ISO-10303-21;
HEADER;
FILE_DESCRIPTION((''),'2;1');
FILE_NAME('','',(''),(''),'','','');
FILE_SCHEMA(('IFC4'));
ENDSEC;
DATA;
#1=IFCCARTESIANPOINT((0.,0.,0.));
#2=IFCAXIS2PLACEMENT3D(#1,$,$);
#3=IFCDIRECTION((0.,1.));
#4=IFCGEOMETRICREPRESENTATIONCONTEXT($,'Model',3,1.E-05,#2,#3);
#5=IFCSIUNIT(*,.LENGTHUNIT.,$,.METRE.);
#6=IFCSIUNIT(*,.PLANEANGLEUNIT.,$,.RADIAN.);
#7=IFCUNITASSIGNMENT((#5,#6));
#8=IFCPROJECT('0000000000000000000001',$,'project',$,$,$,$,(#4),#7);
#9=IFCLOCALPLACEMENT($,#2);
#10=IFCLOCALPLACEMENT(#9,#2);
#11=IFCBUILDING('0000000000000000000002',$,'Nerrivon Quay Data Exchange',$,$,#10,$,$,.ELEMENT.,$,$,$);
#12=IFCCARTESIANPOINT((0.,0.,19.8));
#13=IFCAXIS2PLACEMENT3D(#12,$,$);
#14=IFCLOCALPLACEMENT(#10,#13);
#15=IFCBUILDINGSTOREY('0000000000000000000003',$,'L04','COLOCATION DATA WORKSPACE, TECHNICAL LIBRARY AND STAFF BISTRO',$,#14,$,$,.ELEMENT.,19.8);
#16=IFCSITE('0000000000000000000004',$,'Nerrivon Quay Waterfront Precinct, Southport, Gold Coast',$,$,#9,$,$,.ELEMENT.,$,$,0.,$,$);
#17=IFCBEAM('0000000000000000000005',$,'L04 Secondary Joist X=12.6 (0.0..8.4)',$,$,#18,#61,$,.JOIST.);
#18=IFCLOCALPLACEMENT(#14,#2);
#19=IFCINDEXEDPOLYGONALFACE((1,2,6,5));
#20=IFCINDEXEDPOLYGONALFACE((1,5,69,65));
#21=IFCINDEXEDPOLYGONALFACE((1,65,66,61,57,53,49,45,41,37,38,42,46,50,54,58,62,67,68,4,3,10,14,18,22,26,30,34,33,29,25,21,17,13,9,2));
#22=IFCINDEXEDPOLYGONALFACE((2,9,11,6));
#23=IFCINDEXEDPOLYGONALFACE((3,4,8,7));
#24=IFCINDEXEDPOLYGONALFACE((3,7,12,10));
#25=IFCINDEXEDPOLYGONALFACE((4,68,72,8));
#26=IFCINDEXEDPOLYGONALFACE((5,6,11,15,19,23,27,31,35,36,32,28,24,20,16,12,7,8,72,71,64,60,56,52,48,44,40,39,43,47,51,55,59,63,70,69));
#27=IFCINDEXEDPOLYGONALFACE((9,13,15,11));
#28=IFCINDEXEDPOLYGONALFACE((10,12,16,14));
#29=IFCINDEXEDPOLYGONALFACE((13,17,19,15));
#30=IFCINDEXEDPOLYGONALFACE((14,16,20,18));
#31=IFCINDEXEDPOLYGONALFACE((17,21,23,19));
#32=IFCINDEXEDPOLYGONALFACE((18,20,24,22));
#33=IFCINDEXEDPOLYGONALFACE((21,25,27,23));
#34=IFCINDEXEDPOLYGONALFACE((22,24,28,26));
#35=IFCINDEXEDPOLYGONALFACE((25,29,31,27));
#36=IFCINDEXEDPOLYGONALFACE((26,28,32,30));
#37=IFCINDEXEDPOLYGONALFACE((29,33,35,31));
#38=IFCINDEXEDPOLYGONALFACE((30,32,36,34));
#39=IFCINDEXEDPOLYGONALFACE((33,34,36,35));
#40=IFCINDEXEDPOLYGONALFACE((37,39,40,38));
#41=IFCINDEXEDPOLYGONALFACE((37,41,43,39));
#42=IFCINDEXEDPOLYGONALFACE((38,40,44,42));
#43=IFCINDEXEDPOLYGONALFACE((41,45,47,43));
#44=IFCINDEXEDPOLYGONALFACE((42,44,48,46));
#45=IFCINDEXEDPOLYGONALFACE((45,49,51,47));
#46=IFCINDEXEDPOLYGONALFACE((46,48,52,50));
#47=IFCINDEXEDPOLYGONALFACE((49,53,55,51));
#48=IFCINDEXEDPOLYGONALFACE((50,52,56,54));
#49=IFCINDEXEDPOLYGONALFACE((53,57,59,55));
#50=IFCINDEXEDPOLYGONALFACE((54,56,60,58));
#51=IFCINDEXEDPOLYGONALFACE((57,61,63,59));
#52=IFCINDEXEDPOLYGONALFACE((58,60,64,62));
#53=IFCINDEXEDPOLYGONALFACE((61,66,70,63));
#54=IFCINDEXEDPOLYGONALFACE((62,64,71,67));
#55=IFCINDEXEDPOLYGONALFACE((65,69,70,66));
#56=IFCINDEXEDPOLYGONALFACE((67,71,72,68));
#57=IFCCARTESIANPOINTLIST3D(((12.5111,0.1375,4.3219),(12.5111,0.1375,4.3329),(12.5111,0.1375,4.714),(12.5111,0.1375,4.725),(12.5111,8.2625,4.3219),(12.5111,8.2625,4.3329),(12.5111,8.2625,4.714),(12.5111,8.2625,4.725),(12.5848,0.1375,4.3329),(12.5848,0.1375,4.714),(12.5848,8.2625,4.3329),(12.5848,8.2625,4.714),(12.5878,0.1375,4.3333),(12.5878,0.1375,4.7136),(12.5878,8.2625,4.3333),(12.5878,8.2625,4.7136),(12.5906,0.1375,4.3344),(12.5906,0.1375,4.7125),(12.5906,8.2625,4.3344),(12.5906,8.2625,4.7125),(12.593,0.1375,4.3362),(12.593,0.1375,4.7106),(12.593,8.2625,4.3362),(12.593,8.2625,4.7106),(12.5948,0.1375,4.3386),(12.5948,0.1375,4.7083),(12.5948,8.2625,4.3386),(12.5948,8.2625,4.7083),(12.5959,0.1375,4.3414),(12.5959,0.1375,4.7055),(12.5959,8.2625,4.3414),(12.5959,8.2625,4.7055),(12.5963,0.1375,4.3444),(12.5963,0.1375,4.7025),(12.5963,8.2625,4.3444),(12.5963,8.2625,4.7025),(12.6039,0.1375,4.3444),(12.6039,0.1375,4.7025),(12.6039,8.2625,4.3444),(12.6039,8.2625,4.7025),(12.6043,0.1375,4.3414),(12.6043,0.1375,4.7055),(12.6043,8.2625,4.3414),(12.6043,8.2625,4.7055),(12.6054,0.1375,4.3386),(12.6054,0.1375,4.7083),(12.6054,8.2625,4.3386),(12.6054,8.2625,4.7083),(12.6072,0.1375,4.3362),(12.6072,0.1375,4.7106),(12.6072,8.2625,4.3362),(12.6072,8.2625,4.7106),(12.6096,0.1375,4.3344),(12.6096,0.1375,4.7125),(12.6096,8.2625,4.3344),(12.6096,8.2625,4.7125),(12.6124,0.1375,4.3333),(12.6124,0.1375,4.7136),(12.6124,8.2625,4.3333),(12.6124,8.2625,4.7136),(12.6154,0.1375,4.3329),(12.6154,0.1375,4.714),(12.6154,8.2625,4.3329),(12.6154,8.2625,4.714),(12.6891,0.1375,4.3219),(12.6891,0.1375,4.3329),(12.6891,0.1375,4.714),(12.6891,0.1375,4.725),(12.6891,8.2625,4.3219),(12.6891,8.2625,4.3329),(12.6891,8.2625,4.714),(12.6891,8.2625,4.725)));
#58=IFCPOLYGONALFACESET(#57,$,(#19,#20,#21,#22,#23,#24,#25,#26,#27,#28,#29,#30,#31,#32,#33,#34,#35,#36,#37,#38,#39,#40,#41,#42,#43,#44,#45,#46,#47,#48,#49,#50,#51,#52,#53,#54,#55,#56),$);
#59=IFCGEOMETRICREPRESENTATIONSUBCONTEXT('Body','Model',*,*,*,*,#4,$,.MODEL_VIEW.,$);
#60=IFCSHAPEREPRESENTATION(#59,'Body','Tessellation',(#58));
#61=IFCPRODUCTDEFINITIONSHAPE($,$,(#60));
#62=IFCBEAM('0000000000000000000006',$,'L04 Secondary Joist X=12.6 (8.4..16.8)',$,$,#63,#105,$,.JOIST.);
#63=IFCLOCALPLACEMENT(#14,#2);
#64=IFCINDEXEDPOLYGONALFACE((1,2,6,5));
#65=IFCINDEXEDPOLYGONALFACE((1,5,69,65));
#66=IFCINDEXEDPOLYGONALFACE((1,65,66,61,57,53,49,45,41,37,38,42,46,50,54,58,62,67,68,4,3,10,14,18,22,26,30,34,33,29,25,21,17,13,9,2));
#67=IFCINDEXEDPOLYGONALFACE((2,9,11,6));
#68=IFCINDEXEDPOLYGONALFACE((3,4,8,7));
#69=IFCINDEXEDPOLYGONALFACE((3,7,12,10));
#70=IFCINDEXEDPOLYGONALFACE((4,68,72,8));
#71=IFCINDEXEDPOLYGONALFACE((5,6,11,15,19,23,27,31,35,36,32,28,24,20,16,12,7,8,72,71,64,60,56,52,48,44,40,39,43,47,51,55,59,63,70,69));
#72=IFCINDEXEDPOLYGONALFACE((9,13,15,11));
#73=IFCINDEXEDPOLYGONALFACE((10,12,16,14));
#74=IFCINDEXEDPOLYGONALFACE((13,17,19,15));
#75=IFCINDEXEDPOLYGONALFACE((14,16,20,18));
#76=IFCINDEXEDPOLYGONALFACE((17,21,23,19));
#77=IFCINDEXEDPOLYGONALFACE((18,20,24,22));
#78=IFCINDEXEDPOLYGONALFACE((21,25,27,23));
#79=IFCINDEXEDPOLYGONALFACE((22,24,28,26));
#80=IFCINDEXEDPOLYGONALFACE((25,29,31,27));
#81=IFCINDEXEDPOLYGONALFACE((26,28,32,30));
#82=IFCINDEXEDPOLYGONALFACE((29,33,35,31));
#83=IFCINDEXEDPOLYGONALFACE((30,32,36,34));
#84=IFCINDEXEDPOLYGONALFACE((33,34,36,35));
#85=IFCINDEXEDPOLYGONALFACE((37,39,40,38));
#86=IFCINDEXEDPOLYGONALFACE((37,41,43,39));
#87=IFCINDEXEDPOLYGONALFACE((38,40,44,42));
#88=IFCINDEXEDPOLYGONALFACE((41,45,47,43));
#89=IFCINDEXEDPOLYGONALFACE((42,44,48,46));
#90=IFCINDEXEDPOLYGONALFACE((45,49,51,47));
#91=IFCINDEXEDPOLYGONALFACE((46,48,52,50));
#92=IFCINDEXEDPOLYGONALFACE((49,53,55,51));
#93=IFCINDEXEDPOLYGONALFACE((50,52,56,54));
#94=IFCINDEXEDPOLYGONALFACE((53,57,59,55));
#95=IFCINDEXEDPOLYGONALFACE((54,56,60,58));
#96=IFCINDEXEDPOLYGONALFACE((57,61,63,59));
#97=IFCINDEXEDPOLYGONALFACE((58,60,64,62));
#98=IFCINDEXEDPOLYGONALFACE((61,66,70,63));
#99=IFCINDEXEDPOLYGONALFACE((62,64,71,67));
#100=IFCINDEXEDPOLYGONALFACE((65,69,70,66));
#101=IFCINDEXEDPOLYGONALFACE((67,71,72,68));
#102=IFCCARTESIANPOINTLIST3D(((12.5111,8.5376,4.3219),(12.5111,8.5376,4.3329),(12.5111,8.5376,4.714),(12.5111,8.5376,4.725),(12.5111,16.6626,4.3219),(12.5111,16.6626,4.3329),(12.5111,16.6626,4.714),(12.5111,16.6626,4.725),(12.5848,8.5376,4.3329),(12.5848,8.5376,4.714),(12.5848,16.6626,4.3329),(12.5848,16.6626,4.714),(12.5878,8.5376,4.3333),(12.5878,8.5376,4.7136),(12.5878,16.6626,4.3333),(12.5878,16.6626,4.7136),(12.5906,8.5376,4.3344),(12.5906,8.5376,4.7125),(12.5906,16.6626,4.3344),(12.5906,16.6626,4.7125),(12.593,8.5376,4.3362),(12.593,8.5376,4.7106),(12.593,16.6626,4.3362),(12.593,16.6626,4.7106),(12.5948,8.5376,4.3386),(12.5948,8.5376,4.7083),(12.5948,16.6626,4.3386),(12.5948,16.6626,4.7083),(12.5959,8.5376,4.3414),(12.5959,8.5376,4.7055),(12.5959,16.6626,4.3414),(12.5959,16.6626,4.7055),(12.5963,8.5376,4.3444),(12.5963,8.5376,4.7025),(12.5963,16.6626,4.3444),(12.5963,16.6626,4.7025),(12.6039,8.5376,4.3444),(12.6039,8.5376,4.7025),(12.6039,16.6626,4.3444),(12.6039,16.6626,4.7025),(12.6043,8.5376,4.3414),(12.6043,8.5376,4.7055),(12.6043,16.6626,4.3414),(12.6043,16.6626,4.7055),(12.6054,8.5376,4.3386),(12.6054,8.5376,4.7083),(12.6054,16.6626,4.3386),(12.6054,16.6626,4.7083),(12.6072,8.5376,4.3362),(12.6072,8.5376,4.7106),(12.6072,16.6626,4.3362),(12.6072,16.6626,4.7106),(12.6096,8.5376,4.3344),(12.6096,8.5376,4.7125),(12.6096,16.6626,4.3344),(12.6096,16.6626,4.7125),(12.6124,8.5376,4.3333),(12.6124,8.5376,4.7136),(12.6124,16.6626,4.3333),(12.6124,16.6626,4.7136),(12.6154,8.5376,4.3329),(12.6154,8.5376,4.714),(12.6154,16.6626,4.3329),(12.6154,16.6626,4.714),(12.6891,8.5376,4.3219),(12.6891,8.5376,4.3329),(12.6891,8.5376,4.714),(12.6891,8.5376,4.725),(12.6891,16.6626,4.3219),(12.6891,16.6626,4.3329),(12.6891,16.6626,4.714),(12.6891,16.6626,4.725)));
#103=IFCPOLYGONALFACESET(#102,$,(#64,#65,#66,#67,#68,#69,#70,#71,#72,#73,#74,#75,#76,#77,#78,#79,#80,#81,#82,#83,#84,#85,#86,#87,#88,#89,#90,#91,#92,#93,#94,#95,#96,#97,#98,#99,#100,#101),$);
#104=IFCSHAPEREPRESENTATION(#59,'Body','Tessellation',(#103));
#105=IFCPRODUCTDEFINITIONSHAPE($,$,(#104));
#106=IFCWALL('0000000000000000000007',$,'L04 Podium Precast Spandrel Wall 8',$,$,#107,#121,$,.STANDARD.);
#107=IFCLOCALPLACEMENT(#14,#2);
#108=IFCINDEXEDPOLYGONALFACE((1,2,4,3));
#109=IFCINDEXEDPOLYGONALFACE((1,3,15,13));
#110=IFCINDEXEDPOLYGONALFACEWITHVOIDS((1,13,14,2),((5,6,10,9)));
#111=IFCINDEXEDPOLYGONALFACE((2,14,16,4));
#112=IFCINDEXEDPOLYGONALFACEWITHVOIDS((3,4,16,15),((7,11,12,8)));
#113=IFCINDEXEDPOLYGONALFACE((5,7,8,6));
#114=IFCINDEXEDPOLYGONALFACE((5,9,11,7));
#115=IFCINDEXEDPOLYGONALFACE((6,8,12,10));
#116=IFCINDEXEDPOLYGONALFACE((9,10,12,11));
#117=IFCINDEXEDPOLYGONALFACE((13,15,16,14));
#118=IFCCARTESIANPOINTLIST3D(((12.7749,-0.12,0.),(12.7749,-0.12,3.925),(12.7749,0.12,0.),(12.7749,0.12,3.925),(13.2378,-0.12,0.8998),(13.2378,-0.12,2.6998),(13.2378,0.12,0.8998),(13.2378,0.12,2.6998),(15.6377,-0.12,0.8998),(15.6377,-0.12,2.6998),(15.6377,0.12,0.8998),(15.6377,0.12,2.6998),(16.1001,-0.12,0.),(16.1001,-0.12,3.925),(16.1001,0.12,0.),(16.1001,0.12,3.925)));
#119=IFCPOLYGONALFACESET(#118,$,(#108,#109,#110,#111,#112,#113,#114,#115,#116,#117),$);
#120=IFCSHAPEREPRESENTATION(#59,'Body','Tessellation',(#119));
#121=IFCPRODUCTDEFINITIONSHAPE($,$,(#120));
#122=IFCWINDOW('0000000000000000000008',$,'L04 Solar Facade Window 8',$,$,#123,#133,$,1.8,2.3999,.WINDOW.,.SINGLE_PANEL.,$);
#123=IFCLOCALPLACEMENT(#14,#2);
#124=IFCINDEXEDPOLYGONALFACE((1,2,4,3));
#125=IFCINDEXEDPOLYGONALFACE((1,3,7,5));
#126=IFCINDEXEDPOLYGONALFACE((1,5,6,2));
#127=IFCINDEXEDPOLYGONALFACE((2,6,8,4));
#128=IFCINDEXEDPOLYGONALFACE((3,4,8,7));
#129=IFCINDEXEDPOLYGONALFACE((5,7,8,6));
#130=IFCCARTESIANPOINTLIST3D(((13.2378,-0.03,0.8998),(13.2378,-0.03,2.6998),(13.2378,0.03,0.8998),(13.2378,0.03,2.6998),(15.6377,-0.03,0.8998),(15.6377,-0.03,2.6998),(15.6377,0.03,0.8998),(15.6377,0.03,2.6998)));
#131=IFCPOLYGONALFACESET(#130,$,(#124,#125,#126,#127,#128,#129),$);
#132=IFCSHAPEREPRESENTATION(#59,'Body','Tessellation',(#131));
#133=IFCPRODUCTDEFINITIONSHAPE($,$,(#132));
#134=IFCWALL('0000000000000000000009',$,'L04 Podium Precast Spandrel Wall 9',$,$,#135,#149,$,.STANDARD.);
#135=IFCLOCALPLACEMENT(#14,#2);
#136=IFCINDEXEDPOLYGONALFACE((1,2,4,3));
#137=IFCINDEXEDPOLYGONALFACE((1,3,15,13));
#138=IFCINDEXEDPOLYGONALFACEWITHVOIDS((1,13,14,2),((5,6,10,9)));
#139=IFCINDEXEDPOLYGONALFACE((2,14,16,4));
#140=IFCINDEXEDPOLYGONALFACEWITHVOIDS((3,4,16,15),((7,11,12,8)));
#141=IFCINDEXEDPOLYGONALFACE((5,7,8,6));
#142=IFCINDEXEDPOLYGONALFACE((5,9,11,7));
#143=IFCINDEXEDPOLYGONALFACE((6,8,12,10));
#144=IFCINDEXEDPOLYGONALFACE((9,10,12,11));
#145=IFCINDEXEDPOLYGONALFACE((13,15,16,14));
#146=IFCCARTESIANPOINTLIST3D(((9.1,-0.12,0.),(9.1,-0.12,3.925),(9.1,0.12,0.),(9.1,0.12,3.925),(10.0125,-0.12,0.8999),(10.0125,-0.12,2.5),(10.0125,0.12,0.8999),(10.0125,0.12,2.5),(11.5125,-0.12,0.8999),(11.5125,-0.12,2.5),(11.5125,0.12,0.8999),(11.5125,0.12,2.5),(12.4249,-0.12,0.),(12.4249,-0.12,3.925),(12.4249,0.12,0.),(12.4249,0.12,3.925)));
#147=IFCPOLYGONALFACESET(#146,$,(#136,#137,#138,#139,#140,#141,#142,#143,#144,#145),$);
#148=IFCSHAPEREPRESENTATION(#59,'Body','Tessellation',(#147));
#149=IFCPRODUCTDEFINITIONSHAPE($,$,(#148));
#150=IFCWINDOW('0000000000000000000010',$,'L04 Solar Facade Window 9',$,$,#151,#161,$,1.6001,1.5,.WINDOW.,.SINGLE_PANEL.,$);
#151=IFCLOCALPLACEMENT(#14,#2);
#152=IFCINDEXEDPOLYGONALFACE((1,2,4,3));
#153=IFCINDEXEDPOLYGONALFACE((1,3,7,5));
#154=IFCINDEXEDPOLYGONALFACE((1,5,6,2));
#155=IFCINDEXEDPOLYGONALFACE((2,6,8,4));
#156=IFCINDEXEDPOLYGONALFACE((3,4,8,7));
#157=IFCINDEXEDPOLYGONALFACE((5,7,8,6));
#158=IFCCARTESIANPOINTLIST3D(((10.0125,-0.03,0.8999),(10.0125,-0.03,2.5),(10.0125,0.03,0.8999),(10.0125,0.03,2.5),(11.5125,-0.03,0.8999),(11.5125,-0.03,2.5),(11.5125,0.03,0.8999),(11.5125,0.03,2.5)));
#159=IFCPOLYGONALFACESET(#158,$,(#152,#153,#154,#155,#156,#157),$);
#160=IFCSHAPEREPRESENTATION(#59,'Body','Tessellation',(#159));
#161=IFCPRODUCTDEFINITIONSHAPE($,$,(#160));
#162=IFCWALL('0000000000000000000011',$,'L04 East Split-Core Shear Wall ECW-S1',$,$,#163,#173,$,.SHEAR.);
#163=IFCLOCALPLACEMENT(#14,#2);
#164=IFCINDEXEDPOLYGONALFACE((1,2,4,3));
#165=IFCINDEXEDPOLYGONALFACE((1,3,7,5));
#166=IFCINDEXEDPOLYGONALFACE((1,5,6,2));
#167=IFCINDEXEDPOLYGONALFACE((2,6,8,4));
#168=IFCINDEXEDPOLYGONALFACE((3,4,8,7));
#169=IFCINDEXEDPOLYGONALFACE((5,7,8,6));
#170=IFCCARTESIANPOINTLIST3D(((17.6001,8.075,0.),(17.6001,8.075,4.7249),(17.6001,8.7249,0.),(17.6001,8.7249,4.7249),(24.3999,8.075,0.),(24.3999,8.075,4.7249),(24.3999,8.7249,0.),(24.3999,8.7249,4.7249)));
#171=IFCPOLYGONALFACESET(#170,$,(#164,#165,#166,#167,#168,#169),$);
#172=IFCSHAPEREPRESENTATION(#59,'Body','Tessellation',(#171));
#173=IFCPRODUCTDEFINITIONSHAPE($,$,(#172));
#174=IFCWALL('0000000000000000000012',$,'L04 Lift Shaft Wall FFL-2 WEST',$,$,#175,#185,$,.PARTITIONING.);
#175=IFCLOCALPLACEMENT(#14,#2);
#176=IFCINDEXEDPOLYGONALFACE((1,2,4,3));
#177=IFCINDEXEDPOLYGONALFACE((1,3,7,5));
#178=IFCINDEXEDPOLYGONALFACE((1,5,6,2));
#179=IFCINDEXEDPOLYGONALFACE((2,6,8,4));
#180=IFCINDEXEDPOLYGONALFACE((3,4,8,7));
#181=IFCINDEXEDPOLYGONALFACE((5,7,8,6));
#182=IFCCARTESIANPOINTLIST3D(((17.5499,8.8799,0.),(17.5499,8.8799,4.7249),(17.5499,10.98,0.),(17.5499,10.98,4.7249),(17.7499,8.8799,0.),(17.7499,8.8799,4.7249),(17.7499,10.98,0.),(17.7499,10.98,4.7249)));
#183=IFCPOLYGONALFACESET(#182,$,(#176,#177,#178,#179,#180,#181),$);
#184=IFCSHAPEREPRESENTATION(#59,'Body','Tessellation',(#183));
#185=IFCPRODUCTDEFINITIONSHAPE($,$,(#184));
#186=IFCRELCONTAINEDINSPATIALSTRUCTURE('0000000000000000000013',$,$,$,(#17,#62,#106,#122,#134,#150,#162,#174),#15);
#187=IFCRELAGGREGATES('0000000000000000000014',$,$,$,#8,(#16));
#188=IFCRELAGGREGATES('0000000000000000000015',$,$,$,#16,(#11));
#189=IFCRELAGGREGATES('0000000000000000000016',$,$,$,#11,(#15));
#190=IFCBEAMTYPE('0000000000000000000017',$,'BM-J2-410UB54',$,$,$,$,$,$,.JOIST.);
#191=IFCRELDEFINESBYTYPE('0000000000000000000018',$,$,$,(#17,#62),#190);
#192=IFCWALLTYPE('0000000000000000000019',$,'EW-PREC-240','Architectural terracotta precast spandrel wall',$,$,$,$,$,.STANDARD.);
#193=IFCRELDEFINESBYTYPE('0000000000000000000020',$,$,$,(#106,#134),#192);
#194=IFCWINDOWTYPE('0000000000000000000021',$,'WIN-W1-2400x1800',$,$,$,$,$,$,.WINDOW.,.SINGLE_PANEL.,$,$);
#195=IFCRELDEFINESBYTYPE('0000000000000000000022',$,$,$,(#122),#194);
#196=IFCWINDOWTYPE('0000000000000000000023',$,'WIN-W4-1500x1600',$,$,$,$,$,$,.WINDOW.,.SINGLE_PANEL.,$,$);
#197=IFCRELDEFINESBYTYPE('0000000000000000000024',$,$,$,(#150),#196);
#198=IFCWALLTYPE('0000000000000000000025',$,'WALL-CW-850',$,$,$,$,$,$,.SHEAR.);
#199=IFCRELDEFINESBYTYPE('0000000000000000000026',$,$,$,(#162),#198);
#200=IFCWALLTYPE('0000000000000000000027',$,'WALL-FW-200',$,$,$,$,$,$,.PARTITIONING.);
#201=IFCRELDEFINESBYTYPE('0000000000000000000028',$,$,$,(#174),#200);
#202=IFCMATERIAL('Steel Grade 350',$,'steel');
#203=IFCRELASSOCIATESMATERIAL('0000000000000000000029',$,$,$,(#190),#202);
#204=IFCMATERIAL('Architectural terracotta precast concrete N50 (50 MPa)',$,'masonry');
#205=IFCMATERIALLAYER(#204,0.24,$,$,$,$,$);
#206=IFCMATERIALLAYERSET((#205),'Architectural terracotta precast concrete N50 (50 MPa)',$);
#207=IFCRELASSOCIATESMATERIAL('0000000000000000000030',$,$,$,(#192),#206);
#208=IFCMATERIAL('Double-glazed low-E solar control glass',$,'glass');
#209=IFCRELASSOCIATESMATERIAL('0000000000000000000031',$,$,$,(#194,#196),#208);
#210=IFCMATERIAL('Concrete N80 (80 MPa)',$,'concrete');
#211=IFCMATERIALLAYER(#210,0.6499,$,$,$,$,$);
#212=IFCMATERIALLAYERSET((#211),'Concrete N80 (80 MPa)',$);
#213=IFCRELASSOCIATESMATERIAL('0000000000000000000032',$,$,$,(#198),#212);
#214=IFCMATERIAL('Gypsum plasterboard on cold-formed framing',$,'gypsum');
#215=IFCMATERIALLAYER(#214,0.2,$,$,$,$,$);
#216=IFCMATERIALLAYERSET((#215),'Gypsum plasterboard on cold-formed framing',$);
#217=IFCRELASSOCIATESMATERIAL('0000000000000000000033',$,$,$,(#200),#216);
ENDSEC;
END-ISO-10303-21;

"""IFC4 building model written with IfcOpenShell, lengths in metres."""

from ifc_helpers import new_model, si_unit, direction, frame, frame_2d, origin, origin_2d, place, context, subcontext, project, spatial, rectangle, i_section, extrude, material, layer, layer_set, material_profile, profile_set, type_object, element, fill, save


model = new_model("IFC4")

# Units and contexts
model_context = context("Model", 3, precision=1e-05, world=origin(), true_north=direction((0.0, 1.0)))
body_context = subcontext(model_context, "Body", "Model", "MODEL_VIEW")
ifc_project = project(units=[si_unit("LENGTHUNIT", "METRE"), si_unit("PLANEANGLEUNIT", "RADIAN")], contexts=[model_context])

# Site, building, storey
site_placement = place(None, origin())
site = spatial("IfcSite", under=ifc_project, at=site_placement, Name="Nerrivon Quay Waterfront Precinct, Southport, Gold Coast", CompositionType="ELEMENT", RefElevation=0.0)
building_placement = place(site_placement, origin())
building = spatial("IfcBuilding", under=site, at=building_placement, Name="Nerrivon Quay Data Exchange", CompositionType="ELEMENT")
storey_placement = place(building_placement, frame((0.0, 0.0, 19.8)))
storey = spatial("IfcBuildingStorey", under=building, at=storey_placement, Name="L04", Description="COLOCATION DATA WORKSPACE, TECHNICAL LIBRARY AND STAFF BISTRO", CompositionType="ELEMENT", Elevation=19.8)

# Shared definitions
ifc_material_1 = material(Name="Concrete N80 (80 MPa)", Category="concrete")

# Beams
ifc_material_2 = material(Name="Steel Grade 350", Category="steel")
ifc_material_profile_1 = material_profile(ifc_material_2, i_section(OverallWidth=0.178, OverallDepth=0.4031, WebThickness=0.0076, FlangeThickness=0.011, FilletRadius=0.0115, at=origin_2d()), Name="410UB53.7")
ifc_profile_set_1 = profile_set([ifc_material_profile_1], Name="Steel Grade 350")
beam_type_1 = type_object("IfcBeamType", Name="BM-J2-410UB54", PredefinedType="JOIST", material=ifc_profile_set_1)
for number, where, z_axis, x_axis, name in (
    (1, (12.6001, 0.1375, 4.5234), (0.0, 1.0, 0.0), (-1.0, 0.0, 0.0), "L04 Secondary Joist X=12.6 (0.0..8.4)"),
    (2, (12.6001, 8.5376, 4.5234), (0.0, 1.0, 0.0), (-1.0, 0.0, 0.0), "L04 Secondary Joist X=12.6 (8.4..16.8)"),
):
    element("IfcBeam", number, at=place(storey_placement, frame(where, z_axis=z_axis, x_axis=x_axis)), inside=storey, type_object=beam_type_1, Name=name, PredefinedType="JOIST", context=body_context, shape_type="SweptSolid", body=[
        extrude(i_section(OverallWidth=0.178, OverallDepth=0.4031, WebThickness=0.0076, FlangeThickness=0.011, FilletRadius=0.0115, at=origin_2d()), origin(), (0.0, 0.0, 1.0), 8.125),
    ])

# Walls, openings, windows
ifc_material_3 = material(Name="Architectural terracotta precast concrete N50 (50 MPa)", Category="masonry")
ifc_layer_1 = layer(ifc_material_3, 0.24)
ifc_layer_set_1 = layer_set([ifc_layer_1], Name="Architectural terracotta precast concrete N50 (50 MPa)")
wall_type_1 = type_object("IfcWallType", Name="EW-PREC-240", Description="Architectural terracotta precast spandrel wall", PredefinedType="STANDARD", material=ifc_layer_set_1)
wall_1_placement = place(storey_placement, frame((16.1001, 0.0, 0.0), z_axis=(0.0, 0.0, 1.0), x_axis=(-1.0, 0.0, 0.0)))
wall_1 = element("IfcWall", 3, at=wall_1_placement, inside=storey, type_object=wall_type_1, Name="L04 Podium Precast Spandrel Wall 8", PredefinedType="STANDARD", context=body_context, shape_type="SweptSolid", body=[
    extrude(rectangle(XDim=3.3252, YDim=0.24, at=frame_2d((1.6626, 0.0))), origin(), (0.0, 0.0, 1.0), 3.925),
])
opening_1_placement = place(wall_1_placement, frame((0.4624, 0.0, 0.8999)))
opening_1 = element("IfcOpeningElement", 4, at=opening_1_placement, cuts=wall_1, PredefinedType="OPENING", context=body_context, shape_type="SweptSolid", body=[
    extrude(rectangle(XDim=2.3999, YDim=1.8, at=frame_2d((1.2, 0.8999))), frame((0.0, 0.1299, 0.0), z_axis=(0.0, -1.0, 0.0), x_axis=(1.0, 0.0, 0.0)), (0.0, 0.0, 1.0), 0.26),
])
ifc_material_4 = material(Name="Double-glazed low-E solar control glass", Category="glass")
window_type_1 = type_object("IfcWindowType", Name="WIN-W1-2400x1800", PartitioningType="SINGLE_PANEL", PredefinedType="WINDOW", material=ifc_material_4)
window_1_placement = place(opening_1_placement, origin())
window_1 = element("IfcWindow", 5, at=window_1_placement, inside=storey, type_object=window_type_1, Name="L04 Solar Facade Window 8", OverallHeight=1.8, OverallWidth=2.3999, PartitioningType="SINGLE_PANEL", PredefinedType="WINDOW", context=body_context, shape_type="SweptSolid", body=[
    extrude(rectangle(XDim=2.3999, YDim=1.8, at=frame_2d((1.2, 0.8999))), frame((0.0, 0.03, 0.0), z_axis=(0.0, -1.0, 0.0), x_axis=(1.0, 0.0, 0.0)), (0.0, 0.0, 1.0), 0.0601),
])
fill(opening_1, window_1)
wall_2_placement = place(storey_placement, frame((12.425, 0.0, 0.0), z_axis=(0.0, 0.0, 1.0), x_axis=(-1.0, 0.0, 0.0)))
wall_2 = element("IfcWall", 6, at=wall_2_placement, inside=storey, type_object=wall_type_1, Name="L04 Podium Precast Spandrel Wall 9", PredefinedType="STANDARD", context=body_context, shape_type="SweptSolid", body=[
    extrude(rectangle(XDim=3.325, YDim=0.24, at=frame_2d((1.6626, 0.0))), origin(), (0.0, 0.0, 1.0), 3.925),
])
opening_2_placement = place(wall_2_placement, frame((0.9126, 0.0, 0.8999)))
opening_2 = element("IfcOpeningElement", 7, at=opening_2_placement, cuts=wall_2, PredefinedType="OPENING", context=body_context, shape_type="SweptSolid", body=[
    extrude(rectangle(XDim=1.5, YDim=1.6001, at=frame_2d((0.75, 0.8))), frame((0.0, 0.1299, 0.0), z_axis=(0.0, -1.0, 0.0), x_axis=(1.0, 0.0, 0.0)), (0.0, 0.0, 1.0), 0.26),
])
window_type_2 = type_object("IfcWindowType", Name="WIN-W4-1500x1600", PartitioningType="SINGLE_PANEL", PredefinedType="WINDOW", material=ifc_material_4)
window_2_placement = place(opening_2_placement, origin())
window_2 = element("IfcWindow", 8, at=window_2_placement, inside=storey, type_object=window_type_2, Name="L04 Solar Facade Window 9", OverallHeight=1.6001, OverallWidth=1.5, PartitioningType="SINGLE_PANEL", PredefinedType="WINDOW", context=body_context, shape_type="SweptSolid", body=[
    extrude(rectangle(XDim=1.5, YDim=1.6001, at=frame_2d((0.75, 0.8))), frame((0.0, 0.03, 0.0), z_axis=(0.0, -1.0, 0.0), x_axis=(1.0, 0.0, 0.0)), (0.0, 0.0, 1.0), 0.0601),
])
fill(opening_2, window_2)

# Walls
ifc_layer_2 = layer(ifc_material_1, 0.6499)
ifc_layer_set_2 = layer_set([ifc_layer_2], Name="Concrete N80 (80 MPa)")
wall_type_2 = type_object("IfcWallType", Name="WALL-CW-850", PredefinedType="SHEAR", material=ifc_layer_set_2)
wall_3_placement = place(storey_placement, frame((17.6001, 8.3999, 0.0), z_axis=(0.0, 0.0, 1.0), x_axis=(1.0, 0.0, 0.0)))
element("IfcWall", 9, at=wall_3_placement, inside=storey, type_object=wall_type_2, Name="L04 East Split-Core Shear Wall ECW-S1", PredefinedType="SHEAR", context=body_context, shape_type="SweptSolid", body=[
    extrude(rectangle(XDim=6.7998, YDim=0.6499, at=frame_2d((3.3999, 0.0))), origin(), (0.0, 0.0, 1.0), 4.7249),
])
ifc_material_5 = material(Name="Gypsum plasterboard on cold-formed framing", Category="gypsum")
ifc_layer_3 = layer(ifc_material_5, 0.2)
ifc_layer_set_3 = layer_set([ifc_layer_3], Name="Gypsum plasterboard on cold-formed framing")
wall_type_3 = type_object("IfcWallType", Name="WALL-FW-200", PredefinedType="PARTITIONING", material=ifc_layer_set_3)
wall_4_placement = place(storey_placement, frame((17.6499, 8.8799, 0.0), z_axis=(0.0, 0.0, 1.0), x_axis=(0.0, 1.0, 0.0)))
element("IfcWall", 10, at=wall_4_placement, inside=storey, type_object=wall_type_3, Name="L04 Lift Shaft Wall FFL-2 WEST", PredefinedType="PARTITIONING", context=body_context, shape_type="SweptSolid", body=[
    extrude(rectangle(XDim=2.1001, YDim=0.2, at=frame_2d((1.05, 0.0))), origin(), (0.0, 0.0, 1.0), 4.7249),
])

save(model, "model.ifc")
